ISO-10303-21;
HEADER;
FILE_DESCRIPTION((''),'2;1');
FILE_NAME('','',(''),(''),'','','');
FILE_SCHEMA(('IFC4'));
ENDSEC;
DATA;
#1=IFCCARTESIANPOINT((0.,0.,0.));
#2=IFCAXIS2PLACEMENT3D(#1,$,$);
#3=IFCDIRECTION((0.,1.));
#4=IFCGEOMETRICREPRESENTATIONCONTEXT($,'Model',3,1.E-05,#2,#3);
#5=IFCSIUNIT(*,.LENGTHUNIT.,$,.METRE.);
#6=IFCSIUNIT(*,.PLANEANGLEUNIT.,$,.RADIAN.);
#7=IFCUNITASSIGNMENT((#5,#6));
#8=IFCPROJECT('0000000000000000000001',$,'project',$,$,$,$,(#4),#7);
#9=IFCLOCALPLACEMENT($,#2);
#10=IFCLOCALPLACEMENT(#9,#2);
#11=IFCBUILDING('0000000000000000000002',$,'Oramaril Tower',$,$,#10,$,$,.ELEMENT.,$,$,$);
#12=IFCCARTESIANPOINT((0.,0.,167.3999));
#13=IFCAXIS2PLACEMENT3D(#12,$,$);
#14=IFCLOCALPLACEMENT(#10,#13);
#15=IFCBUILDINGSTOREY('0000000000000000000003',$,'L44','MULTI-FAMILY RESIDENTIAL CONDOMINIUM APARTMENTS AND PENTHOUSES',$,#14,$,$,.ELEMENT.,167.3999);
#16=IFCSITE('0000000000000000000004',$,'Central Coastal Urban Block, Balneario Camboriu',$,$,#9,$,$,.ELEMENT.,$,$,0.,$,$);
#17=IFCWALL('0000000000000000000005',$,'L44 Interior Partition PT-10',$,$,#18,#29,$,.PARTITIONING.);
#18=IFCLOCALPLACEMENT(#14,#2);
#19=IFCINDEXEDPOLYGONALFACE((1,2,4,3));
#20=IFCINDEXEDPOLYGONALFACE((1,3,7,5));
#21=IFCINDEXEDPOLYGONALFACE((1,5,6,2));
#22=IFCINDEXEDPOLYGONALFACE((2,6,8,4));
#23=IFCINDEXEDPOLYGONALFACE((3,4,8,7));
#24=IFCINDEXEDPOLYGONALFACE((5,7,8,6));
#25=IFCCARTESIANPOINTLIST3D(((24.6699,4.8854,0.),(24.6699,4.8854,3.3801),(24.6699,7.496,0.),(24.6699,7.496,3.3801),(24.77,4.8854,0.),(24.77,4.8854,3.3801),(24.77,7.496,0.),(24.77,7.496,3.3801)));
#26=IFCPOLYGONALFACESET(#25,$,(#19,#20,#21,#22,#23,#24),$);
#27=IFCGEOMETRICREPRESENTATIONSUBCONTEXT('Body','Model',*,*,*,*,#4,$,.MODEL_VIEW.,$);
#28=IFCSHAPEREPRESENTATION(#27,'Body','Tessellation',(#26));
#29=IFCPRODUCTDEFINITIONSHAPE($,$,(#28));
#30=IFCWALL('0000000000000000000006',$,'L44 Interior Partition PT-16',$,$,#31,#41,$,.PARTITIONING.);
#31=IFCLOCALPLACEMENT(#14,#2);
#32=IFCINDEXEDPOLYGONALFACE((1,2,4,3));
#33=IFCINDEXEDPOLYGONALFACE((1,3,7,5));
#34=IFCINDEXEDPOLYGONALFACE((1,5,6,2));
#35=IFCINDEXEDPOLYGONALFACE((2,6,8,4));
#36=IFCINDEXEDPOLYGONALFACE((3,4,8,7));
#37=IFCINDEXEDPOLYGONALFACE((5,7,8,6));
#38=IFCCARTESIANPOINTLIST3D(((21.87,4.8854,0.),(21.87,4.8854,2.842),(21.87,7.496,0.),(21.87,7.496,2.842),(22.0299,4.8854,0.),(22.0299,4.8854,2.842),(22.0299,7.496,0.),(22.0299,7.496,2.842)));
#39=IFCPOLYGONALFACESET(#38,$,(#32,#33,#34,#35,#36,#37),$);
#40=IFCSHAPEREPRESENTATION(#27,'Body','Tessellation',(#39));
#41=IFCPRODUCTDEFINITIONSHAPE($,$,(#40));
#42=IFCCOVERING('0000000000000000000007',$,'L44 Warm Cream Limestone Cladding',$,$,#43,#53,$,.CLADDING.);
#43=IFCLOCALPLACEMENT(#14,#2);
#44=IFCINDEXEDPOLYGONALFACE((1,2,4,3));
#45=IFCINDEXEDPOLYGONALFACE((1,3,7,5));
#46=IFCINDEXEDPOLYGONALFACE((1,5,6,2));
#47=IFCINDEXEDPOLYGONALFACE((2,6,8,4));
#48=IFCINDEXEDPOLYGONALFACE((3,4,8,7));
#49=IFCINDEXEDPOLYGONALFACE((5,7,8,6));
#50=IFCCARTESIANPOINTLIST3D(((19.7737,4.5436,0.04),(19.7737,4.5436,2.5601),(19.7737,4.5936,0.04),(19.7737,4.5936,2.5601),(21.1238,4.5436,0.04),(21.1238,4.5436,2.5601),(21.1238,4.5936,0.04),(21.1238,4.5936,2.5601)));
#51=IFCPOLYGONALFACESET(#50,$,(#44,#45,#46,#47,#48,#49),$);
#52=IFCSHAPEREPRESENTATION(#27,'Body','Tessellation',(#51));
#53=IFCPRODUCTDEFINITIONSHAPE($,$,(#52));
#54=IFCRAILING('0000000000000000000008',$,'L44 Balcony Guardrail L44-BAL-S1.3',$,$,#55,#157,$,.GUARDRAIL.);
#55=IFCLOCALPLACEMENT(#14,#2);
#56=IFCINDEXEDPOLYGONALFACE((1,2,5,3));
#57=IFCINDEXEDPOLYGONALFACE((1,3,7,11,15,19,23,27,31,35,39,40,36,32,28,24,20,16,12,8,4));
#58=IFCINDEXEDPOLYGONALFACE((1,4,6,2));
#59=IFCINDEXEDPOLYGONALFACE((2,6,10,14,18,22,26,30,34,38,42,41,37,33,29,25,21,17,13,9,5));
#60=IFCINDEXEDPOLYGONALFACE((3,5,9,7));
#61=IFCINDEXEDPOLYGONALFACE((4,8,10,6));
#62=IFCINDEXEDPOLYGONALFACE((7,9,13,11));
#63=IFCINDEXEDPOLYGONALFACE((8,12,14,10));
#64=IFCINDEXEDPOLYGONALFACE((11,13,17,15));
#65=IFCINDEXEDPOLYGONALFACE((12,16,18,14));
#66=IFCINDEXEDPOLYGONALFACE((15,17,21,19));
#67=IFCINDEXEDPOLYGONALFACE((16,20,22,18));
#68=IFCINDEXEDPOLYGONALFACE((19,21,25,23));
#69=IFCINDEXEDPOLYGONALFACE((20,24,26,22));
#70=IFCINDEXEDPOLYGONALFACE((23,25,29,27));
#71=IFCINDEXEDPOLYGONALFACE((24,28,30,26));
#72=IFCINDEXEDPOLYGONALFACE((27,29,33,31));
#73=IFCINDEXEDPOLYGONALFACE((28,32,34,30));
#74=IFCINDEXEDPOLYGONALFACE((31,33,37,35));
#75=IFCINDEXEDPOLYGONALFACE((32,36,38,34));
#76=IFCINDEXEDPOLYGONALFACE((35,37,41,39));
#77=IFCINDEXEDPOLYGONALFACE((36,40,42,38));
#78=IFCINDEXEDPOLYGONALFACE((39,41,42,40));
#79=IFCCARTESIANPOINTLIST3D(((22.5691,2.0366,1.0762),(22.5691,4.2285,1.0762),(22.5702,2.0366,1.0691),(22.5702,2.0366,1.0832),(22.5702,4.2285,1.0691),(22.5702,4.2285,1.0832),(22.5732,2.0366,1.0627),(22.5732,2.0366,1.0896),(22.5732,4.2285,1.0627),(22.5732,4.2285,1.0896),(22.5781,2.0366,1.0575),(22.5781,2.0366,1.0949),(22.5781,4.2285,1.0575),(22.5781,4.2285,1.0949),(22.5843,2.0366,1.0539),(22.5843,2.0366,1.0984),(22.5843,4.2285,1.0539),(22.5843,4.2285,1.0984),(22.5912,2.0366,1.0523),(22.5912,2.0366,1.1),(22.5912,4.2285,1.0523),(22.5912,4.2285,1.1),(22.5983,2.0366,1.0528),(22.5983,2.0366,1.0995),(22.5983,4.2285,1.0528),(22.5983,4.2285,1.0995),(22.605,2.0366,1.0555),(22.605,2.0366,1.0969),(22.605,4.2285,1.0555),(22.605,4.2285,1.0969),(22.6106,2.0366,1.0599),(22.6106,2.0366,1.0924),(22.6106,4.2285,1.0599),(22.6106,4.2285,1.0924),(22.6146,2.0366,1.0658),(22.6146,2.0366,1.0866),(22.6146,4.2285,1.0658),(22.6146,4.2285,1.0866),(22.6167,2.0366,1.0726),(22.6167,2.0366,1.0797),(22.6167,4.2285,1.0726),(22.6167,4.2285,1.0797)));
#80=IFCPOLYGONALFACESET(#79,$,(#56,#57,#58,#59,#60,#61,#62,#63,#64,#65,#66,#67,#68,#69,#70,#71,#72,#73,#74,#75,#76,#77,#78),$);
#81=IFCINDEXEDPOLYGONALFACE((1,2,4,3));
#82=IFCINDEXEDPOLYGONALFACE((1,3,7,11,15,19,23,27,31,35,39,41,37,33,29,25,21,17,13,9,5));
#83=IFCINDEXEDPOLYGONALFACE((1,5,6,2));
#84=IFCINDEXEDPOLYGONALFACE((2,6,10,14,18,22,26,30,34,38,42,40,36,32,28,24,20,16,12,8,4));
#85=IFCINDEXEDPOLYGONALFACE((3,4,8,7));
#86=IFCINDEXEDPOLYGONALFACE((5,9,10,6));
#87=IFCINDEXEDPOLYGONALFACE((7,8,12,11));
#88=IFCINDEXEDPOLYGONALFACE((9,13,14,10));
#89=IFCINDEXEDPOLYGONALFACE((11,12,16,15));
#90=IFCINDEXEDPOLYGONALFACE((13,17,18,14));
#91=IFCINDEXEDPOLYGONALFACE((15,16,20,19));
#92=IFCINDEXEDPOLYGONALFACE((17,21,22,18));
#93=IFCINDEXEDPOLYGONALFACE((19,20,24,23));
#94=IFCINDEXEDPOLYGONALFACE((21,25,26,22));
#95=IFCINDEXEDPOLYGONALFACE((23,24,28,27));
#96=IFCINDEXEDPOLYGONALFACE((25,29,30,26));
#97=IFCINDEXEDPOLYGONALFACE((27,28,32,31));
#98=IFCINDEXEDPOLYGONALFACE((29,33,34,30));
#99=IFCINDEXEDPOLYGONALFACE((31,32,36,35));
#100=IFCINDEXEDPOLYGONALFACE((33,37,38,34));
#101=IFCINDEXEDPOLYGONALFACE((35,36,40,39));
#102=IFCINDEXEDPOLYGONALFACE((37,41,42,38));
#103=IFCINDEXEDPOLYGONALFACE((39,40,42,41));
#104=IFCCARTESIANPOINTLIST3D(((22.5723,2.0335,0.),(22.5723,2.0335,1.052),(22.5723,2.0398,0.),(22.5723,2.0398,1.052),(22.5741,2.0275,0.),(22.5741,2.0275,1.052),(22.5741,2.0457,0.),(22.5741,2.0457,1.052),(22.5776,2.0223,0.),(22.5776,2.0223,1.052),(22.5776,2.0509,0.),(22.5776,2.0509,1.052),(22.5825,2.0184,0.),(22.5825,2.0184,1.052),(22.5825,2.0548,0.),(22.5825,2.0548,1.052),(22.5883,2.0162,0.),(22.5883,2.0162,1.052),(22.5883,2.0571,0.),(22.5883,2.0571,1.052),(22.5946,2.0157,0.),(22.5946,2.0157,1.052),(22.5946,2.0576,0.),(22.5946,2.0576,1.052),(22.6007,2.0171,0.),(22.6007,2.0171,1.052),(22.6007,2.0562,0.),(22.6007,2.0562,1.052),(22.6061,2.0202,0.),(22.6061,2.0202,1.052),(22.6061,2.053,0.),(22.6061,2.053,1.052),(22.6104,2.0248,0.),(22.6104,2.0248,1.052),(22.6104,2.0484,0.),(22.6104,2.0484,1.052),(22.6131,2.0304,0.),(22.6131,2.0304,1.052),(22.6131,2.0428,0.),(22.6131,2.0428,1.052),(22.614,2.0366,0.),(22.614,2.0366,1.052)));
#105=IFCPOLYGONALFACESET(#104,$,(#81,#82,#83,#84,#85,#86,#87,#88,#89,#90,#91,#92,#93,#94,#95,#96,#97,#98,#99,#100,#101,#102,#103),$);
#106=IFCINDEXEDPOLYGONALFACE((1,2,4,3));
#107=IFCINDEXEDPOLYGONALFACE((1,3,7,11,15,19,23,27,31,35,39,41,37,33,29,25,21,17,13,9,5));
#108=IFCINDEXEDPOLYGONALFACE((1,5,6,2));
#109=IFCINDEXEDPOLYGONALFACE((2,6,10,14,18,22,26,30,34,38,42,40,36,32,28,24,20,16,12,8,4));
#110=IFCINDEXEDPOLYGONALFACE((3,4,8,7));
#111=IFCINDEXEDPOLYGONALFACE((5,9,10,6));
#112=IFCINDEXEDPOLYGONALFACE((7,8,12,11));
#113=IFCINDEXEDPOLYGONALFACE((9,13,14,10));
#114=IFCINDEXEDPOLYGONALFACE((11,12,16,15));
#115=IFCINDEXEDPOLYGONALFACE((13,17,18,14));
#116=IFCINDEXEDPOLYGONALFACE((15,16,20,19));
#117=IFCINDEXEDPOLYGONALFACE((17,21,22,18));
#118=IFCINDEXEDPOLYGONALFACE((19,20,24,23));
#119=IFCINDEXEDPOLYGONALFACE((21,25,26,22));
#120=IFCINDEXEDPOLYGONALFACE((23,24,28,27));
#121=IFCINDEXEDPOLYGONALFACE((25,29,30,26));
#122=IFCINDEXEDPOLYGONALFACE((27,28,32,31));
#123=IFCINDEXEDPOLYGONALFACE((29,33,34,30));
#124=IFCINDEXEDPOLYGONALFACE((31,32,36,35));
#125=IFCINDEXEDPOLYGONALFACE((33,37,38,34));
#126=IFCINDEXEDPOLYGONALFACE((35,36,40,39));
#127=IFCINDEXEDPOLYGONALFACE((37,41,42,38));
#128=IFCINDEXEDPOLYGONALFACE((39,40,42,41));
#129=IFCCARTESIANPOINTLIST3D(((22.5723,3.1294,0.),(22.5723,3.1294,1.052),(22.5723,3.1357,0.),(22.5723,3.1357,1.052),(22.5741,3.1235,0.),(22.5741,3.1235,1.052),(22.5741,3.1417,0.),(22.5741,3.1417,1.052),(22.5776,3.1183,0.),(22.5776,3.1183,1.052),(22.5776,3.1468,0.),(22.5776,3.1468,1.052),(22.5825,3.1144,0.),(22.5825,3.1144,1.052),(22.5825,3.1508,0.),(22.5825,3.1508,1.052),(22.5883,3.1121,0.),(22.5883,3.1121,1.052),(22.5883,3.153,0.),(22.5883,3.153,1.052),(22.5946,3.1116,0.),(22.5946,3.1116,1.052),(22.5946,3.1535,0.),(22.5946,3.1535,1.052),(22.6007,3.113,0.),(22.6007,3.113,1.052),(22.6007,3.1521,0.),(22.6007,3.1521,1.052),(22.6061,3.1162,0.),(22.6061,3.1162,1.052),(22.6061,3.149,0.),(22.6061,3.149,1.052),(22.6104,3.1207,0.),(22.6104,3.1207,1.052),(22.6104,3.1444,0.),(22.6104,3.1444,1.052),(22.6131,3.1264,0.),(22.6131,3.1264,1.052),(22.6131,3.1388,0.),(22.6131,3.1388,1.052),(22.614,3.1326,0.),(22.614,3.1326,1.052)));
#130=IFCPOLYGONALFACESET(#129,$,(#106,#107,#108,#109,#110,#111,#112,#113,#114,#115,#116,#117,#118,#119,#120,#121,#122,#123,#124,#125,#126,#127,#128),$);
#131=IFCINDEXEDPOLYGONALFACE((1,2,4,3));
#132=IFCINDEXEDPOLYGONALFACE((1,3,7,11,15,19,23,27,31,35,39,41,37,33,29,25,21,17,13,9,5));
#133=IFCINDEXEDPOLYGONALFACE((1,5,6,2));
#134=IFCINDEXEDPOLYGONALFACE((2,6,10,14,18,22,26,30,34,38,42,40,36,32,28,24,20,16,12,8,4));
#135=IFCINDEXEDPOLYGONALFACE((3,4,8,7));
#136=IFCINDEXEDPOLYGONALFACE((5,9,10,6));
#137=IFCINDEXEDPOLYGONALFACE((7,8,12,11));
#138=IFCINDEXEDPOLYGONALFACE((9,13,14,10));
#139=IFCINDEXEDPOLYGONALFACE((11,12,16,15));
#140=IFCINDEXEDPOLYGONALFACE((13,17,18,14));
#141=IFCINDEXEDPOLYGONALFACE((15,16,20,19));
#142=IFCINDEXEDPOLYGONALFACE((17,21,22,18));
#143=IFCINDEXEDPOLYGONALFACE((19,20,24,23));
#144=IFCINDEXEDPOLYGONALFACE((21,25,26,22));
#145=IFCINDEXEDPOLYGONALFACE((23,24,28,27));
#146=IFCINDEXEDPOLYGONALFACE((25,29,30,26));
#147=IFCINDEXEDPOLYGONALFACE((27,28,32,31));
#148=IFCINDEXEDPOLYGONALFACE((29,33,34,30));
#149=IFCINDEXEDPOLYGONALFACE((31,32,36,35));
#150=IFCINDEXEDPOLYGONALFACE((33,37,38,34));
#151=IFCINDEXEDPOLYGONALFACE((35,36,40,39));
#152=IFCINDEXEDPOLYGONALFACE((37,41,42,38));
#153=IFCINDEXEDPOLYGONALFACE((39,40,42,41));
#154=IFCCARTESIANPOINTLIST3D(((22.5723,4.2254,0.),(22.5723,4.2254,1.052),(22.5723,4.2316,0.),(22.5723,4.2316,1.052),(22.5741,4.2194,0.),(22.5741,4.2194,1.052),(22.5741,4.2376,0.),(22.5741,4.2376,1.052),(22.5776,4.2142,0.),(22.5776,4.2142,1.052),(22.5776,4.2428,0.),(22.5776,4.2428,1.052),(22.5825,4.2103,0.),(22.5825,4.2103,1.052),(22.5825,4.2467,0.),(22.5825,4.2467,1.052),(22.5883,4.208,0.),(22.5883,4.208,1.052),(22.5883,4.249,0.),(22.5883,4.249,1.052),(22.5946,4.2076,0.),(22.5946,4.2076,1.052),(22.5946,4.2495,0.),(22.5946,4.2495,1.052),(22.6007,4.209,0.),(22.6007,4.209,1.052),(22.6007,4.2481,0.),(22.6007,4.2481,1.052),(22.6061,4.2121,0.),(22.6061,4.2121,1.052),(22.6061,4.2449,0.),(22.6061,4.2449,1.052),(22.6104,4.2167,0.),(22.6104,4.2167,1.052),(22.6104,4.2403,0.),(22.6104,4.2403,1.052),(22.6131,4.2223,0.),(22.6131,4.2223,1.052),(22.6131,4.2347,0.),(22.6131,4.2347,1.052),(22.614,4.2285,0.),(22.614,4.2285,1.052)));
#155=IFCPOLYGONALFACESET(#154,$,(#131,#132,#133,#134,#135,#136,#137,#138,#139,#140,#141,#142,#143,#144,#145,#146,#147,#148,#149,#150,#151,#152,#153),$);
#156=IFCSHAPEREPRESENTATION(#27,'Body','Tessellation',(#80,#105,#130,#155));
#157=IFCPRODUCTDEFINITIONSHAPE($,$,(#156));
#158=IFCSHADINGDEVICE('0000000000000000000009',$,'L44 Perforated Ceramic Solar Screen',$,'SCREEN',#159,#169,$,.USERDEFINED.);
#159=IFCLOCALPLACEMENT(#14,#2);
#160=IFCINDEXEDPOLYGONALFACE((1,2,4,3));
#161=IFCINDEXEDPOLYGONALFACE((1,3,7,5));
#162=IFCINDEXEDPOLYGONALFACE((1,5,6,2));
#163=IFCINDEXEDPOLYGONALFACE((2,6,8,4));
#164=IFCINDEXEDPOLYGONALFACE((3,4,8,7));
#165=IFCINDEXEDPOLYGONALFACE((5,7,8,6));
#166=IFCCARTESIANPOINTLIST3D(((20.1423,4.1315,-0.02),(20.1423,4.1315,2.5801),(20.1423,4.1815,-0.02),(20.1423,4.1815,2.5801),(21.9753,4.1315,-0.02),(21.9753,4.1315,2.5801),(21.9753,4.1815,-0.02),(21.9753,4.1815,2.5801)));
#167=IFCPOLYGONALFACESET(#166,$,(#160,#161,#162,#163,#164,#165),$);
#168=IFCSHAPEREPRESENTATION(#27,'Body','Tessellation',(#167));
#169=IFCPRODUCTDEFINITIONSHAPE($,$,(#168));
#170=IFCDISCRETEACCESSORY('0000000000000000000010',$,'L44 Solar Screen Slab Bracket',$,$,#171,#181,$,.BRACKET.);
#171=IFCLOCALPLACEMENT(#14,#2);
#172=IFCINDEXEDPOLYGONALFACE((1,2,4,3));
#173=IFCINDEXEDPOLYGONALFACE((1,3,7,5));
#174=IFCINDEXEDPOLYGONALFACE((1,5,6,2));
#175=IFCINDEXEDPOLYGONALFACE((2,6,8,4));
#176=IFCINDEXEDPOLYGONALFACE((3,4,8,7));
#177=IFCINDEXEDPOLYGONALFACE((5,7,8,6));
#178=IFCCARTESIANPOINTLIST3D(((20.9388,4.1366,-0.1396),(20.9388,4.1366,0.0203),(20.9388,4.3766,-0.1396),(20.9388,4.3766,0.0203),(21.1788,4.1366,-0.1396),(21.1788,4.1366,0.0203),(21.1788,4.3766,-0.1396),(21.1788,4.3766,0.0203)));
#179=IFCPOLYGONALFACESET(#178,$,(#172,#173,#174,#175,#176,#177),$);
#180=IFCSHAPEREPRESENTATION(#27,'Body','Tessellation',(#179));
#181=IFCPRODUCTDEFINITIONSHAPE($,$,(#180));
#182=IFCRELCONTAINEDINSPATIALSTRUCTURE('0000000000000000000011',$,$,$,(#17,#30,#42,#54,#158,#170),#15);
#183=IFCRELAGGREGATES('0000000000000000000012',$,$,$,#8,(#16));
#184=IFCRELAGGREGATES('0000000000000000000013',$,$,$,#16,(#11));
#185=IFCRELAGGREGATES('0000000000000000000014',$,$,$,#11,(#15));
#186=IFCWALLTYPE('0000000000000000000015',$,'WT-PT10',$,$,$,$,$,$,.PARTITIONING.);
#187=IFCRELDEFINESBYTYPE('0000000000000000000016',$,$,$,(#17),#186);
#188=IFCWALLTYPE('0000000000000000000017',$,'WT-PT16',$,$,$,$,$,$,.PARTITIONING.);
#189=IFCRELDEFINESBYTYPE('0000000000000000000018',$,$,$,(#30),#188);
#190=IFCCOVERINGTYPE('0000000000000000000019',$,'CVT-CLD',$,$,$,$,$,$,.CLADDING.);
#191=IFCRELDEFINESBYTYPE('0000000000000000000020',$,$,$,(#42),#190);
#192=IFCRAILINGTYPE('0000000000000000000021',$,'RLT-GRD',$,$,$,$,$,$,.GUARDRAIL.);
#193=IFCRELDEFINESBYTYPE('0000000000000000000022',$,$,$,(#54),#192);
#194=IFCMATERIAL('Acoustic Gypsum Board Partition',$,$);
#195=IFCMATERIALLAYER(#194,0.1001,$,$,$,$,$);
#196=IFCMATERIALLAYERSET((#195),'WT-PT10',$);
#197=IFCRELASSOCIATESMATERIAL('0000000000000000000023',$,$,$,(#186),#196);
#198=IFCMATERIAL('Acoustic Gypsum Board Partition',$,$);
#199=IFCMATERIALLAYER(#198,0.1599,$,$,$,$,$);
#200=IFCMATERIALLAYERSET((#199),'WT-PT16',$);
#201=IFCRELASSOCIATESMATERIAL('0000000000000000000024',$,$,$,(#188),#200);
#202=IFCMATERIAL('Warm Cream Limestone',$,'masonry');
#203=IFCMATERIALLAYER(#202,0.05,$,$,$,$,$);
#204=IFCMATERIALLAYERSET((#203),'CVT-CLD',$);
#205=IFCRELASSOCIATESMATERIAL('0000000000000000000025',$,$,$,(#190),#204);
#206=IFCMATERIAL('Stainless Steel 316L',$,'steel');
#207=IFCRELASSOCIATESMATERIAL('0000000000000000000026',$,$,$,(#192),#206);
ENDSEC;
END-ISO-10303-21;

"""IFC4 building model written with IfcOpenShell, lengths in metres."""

from ifc_helpers import new_model, si_unit, direction, frame, frame_2d, origin, origin_2d, place, context, subcontext, project, spatial, rectangle, circle, extrude, material, layer, layer_set, type_object, element, save


model = new_model("IFC4")

# Units and contexts
model_context = context("Model", 3, precision=1e-05, world=origin(), true_north=direction((0.0, 1.0)))
body_context = subcontext(model_context, "Body", "Model", "MODEL_VIEW")
ifc_project = project(units=[si_unit("LENGTHUNIT", "METRE"), si_unit("PLANEANGLEUNIT", "RADIAN")], contexts=[model_context])

# Site, building, storey
site_placement = place(None, origin())
site = spatial("IfcSite", under=ifc_project, at=site_placement, Name="Central Coastal Urban Block, Balneario Camboriu", CompositionType="ELEMENT", RefElevation=0.0)
building_placement = place(site_placement, origin())
building = spatial("IfcBuilding", under=site, at=building_placement, Name="Oramaril Tower", CompositionType="ELEMENT")
storey_placement = place(building_placement, frame((0.0, 0.0, 167.3999)))
storey = spatial("IfcBuildingStorey", under=building, at=storey_placement, Name="L44", Description="MULTI-FAMILY RESIDENTIAL CONDOMINIUM APARTMENTS AND PENTHOUSES", CompositionType="ELEMENT", Elevation=167.3999)

# Walls
ifc_material_1 = material(Name="Acoustic Gypsum Board Partition")
ifc_layer_1 = layer(ifc_material_1, 0.1001)
ifc_layer_set_1 = layer_set([ifc_layer_1], Name="WT-PT10")
wall_type_1 = type_object("IfcWallType", Name="WT-PT10", PredefinedType="PARTITIONING", material=ifc_layer_set_1)
wall_1_placement = place(storey_placement, frame((24.72, 4.8855, 0.0), z_axis=(0.0, 0.0, 1.0), x_axis=(0.0, 1.0, 0.0)))
element("IfcWall", 1, at=wall_1_placement, inside=storey, type_object=wall_type_1, Name="L44 Interior Partition PT-10", PredefinedType="PARTITIONING", context=body_context, shape_type="SweptSolid", body=[
    extrude(rectangle(XDim=2.6106, YDim=0.1001, at=frame_2d((1.3052, 0.0))), origin(), (0.0, 0.0, 1.0), 3.3801),
])
ifc_material_2 = material(Name="Acoustic Gypsum Board Partition")
ifc_layer_2 = layer(ifc_material_2, 0.1599)
ifc_layer_set_2 = layer_set([ifc_layer_2], Name="WT-PT16")
wall_type_2 = type_object("IfcWallType", Name="WT-PT16", PredefinedType="PARTITIONING", material=ifc_layer_set_2)
wall_2_placement = place(storey_placement, frame((21.95, 4.8855, 0.0), z_axis=(0.0, 0.0, 1.0), x_axis=(0.0, 1.0, 0.0)))
element("IfcWall", 2, at=wall_2_placement, inside=storey, type_object=wall_type_2, Name="L44 Interior Partition PT-16", PredefinedType="PARTITIONING", context=body_context, shape_type="SweptSolid", body=[
    extrude(rectangle(XDim=2.6106, YDim=0.1599, at=frame_2d((1.3052, 0.0))), origin(), (0.0, 0.0, 1.0), 2.842),
])

# Covering
ifc_material_3 = material(Name="Warm Cream Limestone", Category="masonry")
ifc_layer_3 = layer(ifc_material_3, 0.05)
ifc_layer_set_3 = layer_set([ifc_layer_3], Name="CVT-CLD")
covering_type = type_object("IfcCoveringType", Name="CVT-CLD", PredefinedType="CLADDING", material=ifc_layer_set_3)
covering_placement = place(storey_placement, frame((20.4487, 4.5686, 0.04), z_axis=(0.0, 0.0, 1.0), x_axis=(1.0, 0.0, 0.0)))
element("IfcCovering", 3, at=covering_placement, inside=storey, type_object=covering_type, Name="L44 Warm Cream Limestone Cladding", PredefinedType="CLADDING", context=body_context, shape_type="SweptSolid", body=[
    extrude(rectangle(XDim=1.3501, YDim=0.05, at=origin_2d()), origin(), (0.0, 0.0, 1.0), 2.52),
])

# Railing
ifc_material_4 = material(Name="Stainless Steel 316L", Category="steel")
railing_type = type_object("IfcRailingType", Name="RLT-GRD", PredefinedType="GUARDRAIL", material=ifc_material_4)
railing_placement = place(storey_placement, frame((22.593, 2.0366, 0.0)))
element("IfcRailing", 4, at=railing_placement, inside=storey, type_object=railing_type, Name="L44 Balcony Guardrail L44-BAL-S1.3", PredefinedType="GUARDRAIL", context=body_context, shape_type="SweptSolid", body=[
    extrude(circle(Radius=0.0239, at=origin_2d()), frame((0.0, 0.0, 1.0762), z_axis=(0.0, 1.0, 0.0), x_axis=(-1.0, 0.0, 0.0)), (0.0, 0.0, 1.0), 2.1919),
    extrude(circle(Radius=0.021, at=origin_2d()), origin(), (0.0, 0.0, 1.0), 1.052),
    extrude(circle(Radius=0.021, at=origin_2d()), frame((0.0, 1.0959, 0.0)), (0.0, 0.0, 1.0), 1.052),
    extrude(circle(Radius=0.021, at=origin_2d()), frame((0.0, 2.1919, 0.0)), (0.0, 0.0, 1.0), 1.052),
])

# Shading device
shading_device_placement = place(storey_placement, frame((21.0588, 4.1565, -0.02), z_axis=(0.0, 0.0, 1.0), x_axis=(1.0, 0.0, 0.0)))
element("IfcShadingDevice", 5, at=shading_device_placement, inside=storey, Name="L44 Perforated Ceramic Solar Screen", ObjectType="SCREEN", PredefinedType="USERDEFINED", context=body_context, shape_type="SweptSolid", body=[
    extrude(rectangle(XDim=1.833, YDim=0.05, at=origin_2d()), origin(), (0.0, 0.0, 1.0), 2.6001),
])

# Discrete accessory
discrete_accessory_placement = place(storey_placement, frame((21.0588, 4.2566, -0.1396), z_axis=(0.0, 0.0, 1.0), x_axis=(1.0, 0.0, 0.0)))
element("IfcDiscreteAccessory", 6, at=discrete_accessory_placement, inside=storey, Name="L44 Solar Screen Slab Bracket", PredefinedType="BRACKET", context=body_context, shape_type="SweptSolid", body=[
    extrude(rectangle(XDim=0.24, YDim=0.24, at=origin_2d()), origin(), (0.0, 0.0, 1.0), 0.1599),
])

save(model, "model.ifc")
